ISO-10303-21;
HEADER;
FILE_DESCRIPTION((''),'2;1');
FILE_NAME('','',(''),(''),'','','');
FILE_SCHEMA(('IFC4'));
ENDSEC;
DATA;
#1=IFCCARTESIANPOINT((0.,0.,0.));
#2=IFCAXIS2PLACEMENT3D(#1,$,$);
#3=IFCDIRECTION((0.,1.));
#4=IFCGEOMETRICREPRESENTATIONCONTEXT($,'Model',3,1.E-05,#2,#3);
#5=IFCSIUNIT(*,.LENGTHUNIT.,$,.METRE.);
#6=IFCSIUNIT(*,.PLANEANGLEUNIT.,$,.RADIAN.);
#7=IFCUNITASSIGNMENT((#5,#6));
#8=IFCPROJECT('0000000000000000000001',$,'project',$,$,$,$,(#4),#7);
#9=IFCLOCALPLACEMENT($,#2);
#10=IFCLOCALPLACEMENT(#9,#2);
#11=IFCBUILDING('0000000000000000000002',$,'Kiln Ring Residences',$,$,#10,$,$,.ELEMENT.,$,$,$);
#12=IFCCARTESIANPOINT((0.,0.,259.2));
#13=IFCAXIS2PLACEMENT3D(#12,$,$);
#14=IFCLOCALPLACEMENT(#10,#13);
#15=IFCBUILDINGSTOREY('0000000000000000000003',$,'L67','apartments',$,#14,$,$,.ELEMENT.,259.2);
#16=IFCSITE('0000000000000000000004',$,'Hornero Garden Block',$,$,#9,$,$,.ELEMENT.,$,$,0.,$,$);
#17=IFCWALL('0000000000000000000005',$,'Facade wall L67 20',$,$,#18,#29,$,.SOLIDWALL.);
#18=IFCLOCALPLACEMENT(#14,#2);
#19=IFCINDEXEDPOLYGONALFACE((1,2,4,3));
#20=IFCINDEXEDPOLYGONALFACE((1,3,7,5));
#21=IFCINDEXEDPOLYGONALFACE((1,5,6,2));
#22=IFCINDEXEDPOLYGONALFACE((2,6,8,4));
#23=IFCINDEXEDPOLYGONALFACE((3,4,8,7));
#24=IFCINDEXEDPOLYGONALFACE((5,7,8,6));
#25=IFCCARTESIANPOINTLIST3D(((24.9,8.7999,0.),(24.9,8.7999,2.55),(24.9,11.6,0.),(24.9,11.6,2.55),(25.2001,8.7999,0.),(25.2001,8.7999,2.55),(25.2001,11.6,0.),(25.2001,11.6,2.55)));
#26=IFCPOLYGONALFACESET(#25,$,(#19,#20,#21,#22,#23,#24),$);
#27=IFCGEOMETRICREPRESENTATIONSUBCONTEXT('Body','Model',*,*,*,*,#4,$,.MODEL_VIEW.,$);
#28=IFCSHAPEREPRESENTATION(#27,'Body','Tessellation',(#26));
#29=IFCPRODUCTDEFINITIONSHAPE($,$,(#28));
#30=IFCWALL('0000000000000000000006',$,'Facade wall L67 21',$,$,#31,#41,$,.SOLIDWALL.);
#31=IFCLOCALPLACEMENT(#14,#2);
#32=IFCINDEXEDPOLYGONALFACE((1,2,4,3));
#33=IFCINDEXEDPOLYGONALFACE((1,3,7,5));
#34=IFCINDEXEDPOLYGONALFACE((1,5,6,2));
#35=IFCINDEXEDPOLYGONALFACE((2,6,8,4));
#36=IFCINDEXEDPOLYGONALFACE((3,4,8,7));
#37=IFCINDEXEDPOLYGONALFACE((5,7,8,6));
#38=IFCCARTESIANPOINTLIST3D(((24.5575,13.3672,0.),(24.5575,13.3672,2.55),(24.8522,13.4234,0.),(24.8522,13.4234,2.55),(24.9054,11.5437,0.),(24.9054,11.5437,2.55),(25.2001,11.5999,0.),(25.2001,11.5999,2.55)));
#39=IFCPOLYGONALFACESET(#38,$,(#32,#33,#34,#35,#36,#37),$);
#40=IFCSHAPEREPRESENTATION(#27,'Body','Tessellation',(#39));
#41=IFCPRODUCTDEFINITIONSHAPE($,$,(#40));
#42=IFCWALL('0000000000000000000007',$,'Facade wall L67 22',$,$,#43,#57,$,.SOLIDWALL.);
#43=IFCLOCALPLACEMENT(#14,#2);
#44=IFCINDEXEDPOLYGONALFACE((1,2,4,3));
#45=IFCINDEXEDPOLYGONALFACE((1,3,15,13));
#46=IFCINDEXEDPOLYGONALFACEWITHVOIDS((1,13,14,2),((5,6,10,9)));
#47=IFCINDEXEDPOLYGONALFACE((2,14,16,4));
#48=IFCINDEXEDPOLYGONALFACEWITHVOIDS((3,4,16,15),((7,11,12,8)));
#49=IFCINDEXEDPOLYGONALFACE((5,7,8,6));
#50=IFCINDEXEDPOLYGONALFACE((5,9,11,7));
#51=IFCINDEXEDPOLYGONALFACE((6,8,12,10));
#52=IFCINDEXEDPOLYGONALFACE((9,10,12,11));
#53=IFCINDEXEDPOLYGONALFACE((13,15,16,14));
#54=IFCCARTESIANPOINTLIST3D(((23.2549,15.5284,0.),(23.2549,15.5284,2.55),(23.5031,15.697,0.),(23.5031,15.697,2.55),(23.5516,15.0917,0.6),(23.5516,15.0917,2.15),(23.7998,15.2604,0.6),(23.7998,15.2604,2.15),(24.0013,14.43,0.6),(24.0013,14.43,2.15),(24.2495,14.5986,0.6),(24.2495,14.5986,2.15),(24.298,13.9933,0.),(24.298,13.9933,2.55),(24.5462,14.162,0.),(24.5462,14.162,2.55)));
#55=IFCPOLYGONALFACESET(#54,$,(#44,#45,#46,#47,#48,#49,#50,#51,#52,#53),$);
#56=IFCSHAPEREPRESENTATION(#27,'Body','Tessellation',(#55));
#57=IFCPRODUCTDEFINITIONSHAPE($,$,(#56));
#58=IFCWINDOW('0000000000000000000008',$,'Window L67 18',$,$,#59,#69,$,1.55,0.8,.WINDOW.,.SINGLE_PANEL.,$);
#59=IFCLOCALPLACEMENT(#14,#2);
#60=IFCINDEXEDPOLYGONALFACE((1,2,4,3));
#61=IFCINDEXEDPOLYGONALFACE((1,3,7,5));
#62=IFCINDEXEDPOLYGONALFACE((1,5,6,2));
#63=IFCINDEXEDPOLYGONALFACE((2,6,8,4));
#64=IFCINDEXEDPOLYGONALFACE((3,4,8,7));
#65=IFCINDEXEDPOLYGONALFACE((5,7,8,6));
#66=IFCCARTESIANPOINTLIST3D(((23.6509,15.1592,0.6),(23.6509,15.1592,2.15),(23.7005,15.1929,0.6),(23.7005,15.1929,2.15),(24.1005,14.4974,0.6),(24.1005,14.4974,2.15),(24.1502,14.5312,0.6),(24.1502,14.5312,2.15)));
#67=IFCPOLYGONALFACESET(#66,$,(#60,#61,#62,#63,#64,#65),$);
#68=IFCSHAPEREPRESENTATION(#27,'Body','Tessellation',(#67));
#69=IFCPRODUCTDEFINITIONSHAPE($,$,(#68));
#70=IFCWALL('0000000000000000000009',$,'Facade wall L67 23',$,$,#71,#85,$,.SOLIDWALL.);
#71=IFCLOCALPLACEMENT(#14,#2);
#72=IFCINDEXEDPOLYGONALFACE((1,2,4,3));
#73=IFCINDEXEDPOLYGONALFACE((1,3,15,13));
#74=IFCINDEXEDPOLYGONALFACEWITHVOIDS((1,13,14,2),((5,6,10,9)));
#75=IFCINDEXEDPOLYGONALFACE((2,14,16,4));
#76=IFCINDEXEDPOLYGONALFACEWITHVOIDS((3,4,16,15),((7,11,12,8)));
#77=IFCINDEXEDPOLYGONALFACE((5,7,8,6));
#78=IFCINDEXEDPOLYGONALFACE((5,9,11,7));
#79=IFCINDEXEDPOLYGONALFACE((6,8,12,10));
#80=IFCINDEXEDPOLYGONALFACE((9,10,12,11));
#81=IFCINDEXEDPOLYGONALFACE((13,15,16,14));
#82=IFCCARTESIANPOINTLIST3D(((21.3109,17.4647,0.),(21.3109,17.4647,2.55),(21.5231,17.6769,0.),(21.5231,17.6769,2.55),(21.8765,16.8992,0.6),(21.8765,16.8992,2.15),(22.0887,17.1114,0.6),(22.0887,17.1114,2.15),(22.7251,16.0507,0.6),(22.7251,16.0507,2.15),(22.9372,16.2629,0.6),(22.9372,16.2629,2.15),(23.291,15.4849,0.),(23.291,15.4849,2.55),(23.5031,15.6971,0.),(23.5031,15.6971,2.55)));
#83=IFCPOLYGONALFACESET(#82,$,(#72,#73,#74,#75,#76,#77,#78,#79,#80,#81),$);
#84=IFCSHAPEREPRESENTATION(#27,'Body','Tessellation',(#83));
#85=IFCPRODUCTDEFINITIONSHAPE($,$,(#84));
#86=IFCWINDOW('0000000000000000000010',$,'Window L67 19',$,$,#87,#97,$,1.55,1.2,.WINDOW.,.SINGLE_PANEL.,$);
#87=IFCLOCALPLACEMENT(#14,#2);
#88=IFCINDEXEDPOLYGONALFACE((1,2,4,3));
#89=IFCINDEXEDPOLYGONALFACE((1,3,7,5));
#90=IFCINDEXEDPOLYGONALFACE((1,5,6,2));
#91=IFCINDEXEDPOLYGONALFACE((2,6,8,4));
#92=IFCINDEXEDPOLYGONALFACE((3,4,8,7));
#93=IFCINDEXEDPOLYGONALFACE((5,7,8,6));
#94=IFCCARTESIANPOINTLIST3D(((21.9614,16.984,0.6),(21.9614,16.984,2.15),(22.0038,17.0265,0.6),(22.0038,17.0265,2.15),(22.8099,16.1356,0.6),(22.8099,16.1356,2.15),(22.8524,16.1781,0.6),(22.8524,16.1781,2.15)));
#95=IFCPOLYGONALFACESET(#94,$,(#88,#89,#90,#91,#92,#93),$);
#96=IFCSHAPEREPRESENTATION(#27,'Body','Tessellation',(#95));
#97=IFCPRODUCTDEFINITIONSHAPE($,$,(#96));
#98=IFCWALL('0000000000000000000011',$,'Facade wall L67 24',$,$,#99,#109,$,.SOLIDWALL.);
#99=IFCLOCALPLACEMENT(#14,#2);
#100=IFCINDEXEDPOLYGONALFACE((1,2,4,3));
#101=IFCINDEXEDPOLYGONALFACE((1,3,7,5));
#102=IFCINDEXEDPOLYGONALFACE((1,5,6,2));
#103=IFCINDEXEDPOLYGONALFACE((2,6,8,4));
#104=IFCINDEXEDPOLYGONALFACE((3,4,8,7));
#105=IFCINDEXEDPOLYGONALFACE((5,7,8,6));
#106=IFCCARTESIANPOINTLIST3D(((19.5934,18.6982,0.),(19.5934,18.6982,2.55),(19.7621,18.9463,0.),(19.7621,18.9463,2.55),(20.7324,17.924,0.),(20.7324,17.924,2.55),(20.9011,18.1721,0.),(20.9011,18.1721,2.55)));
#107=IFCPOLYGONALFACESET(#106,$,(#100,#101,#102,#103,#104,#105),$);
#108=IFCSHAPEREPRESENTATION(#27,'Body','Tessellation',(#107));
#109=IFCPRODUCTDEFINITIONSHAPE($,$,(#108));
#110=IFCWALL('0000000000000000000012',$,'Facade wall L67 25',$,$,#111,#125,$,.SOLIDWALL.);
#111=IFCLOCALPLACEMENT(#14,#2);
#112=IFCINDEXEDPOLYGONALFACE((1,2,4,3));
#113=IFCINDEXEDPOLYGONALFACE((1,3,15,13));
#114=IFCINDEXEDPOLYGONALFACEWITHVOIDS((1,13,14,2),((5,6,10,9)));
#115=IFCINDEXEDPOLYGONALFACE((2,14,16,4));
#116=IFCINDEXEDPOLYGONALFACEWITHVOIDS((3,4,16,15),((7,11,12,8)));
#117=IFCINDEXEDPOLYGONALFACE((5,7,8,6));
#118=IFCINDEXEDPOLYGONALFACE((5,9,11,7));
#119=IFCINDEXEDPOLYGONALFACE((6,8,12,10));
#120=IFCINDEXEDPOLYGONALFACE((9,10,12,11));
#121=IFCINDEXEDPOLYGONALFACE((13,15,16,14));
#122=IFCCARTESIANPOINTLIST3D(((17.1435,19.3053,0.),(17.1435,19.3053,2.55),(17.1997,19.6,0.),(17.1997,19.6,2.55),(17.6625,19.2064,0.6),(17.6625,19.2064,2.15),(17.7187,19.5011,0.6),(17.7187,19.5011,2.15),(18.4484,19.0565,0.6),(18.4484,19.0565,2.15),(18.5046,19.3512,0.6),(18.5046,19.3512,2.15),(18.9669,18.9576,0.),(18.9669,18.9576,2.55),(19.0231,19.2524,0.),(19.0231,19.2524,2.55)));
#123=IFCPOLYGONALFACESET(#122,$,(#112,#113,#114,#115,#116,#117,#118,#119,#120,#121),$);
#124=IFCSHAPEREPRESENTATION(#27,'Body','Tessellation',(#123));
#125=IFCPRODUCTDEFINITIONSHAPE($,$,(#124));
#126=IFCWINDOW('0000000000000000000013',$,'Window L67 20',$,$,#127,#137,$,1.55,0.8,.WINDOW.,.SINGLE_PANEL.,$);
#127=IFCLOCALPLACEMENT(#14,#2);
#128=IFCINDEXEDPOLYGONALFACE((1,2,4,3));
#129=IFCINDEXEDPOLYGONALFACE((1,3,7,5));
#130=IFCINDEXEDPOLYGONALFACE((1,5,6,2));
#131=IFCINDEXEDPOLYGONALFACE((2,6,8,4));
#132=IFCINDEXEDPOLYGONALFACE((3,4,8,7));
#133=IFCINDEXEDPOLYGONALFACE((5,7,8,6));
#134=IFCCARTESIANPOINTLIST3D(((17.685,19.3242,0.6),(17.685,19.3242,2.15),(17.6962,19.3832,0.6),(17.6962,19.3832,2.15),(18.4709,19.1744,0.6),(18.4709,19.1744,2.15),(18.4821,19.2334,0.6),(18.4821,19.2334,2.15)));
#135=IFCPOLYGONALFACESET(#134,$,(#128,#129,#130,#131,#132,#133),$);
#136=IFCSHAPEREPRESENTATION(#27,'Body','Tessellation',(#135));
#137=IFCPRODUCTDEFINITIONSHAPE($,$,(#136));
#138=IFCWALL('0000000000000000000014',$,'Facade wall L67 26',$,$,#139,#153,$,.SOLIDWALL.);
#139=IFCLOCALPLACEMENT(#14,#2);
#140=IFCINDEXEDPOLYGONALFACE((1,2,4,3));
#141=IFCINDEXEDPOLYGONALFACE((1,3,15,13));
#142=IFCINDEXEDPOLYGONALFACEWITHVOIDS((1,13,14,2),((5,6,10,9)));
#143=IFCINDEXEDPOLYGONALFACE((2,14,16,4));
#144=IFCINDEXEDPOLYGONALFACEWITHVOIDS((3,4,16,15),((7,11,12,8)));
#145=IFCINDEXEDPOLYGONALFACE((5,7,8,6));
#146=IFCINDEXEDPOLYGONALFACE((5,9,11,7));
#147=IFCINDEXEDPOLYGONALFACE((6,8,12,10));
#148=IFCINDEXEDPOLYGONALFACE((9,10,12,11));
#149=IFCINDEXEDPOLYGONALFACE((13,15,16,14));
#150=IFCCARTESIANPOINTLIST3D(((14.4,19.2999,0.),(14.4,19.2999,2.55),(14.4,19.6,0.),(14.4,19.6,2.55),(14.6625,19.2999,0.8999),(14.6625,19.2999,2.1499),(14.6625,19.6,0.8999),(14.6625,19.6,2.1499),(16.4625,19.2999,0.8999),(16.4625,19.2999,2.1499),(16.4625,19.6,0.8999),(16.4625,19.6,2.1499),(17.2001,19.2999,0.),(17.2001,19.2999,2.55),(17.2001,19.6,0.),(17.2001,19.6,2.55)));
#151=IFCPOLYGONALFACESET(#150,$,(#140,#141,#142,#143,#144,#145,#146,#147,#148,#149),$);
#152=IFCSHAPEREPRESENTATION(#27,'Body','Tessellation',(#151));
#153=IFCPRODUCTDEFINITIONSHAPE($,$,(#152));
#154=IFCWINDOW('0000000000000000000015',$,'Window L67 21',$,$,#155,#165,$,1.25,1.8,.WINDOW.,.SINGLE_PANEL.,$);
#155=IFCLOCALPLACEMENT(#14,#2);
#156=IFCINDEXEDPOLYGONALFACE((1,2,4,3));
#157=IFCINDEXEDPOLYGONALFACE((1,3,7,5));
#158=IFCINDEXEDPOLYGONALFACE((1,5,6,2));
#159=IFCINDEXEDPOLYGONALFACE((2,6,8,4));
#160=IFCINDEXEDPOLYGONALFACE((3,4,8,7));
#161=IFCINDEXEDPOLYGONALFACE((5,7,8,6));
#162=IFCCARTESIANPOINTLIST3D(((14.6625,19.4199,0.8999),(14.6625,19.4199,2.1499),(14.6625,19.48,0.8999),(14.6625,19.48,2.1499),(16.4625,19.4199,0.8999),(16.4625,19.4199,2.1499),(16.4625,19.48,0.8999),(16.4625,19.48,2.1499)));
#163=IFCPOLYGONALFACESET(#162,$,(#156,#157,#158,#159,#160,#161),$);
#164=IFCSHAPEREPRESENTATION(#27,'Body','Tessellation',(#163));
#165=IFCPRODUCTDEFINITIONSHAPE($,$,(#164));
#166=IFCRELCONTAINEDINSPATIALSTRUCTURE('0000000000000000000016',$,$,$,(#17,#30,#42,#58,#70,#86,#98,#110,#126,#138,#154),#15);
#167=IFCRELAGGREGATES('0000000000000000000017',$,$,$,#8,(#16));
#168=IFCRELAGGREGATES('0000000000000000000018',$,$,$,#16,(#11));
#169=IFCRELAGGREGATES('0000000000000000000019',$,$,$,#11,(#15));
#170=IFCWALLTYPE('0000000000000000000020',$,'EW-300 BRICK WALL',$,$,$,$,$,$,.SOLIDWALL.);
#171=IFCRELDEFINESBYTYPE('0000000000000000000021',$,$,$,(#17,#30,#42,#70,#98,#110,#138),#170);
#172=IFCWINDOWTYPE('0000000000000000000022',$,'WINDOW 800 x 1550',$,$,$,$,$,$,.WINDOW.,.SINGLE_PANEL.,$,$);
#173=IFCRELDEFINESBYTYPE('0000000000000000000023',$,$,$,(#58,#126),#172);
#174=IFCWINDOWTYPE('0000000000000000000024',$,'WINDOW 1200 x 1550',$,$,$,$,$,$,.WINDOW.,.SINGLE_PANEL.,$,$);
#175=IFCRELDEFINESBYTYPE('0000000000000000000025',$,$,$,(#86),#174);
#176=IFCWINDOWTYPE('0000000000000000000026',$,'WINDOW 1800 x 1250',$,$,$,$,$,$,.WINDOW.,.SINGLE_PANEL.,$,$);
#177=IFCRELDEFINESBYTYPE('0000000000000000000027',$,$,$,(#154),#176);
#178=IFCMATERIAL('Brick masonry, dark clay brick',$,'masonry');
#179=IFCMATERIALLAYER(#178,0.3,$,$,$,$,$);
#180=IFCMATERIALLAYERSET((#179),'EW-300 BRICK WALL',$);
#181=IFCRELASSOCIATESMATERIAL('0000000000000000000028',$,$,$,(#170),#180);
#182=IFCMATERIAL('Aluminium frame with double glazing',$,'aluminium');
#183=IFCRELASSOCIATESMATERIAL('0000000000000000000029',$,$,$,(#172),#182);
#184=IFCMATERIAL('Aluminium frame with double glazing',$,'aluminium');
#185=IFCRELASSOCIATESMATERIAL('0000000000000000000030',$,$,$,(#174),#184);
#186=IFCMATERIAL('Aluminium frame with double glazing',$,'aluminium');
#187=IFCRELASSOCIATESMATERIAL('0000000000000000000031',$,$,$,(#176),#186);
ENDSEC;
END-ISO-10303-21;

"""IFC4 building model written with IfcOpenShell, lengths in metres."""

from ifc_helpers import new_model, si_unit, direction, frame, frame_2d, origin, place, context, subcontext, project, spatial, rectangle, extrude, material, layer, layer_set, type_object, element, fill, save


model = new_model("IFC4")

# Units and contexts
model_context = context("Model", 3, precision=1e-05, world=origin(), true_north=direction((0.0, 1.0)))
body_context = subcontext(model_context, "Body", "Model", "MODEL_VIEW")
ifc_project = project(units=[si_unit("LENGTHUNIT", "METRE"), si_unit("PLANEANGLEUNIT", "RADIAN")], contexts=[model_context])

# Site, building, storey
site_placement = place(None, origin())
site = spatial("IfcSite", under=ifc_project, at=site_placement, Name="Hornero Garden Block", CompositionType="ELEMENT", RefElevation=0.0)
building_placement = place(site_placement, origin())
building = spatial("IfcBuilding", under=site, at=building_placement, Name="Kiln Ring Residences", CompositionType="ELEMENT")
storey_placement = place(building_placement, frame((0.0, 0.0, 259.2)))
storey = spatial("IfcBuildingStorey", under=building, at=storey_placement, Name="L67", Description="apartments", CompositionType="ELEMENT", Elevation=259.2)

# Walls
ifc_material_1 = material(Name="Brick masonry, dark clay brick", Category="masonry")
ifc_layer_1 = layer(ifc_material_1, 0.3)
ifc_layer_set_1 = layer_set([ifc_layer_1], Name="EW-300 BRICK WALL")
wall_type_1 = type_object("IfcWallType", Name="EW-300 BRICK WALL", PredefinedType="SOLIDWALL", material=ifc_layer_set_1)
wall_1_placement = place(storey_placement, frame((25.05, 8.8, 0.0), z_axis=(0.0, 0.0, 1.0), x_axis=(0.0, 1.0, 0.0)))
element("IfcWall", 1, at=wall_1_placement, inside=storey, type_object=wall_type_1, Name="Facade wall L67 20", PredefinedType="SOLIDWALL", context=body_context, shape_type="SweptSolid", body=[
    extrude(rectangle(XDim=2.8, YDim=0.3, at=frame_2d((1.3999, 0.0))), origin(), (0.0, 0.0, 1.0), 2.55),
])
wall_2_placement = place(storey_placement, frame((25.0527, 11.5718, 0.0), z_axis=(0.0, 0.0, 1.0), x_axis=(-0.187408, 0.982282, 0.0)))
element("IfcWall", 2, at=wall_2_placement, inside=storey, type_object=wall_type_1, Name="Facade wall L67 21", PredefinedType="SOLIDWALL", context=body_context, shape_type="SweptSolid", body=[
    extrude(rectangle(XDim=1.8564, YDim=0.3, at=frame_2d((0.9282, 0.0))), origin(), (0.0, 0.0, 1.0), 2.55),
])

# Walls, openings, windows
wall_3_placement = place(storey_placement, frame((24.4221, 14.0776, 0.0), z_axis=(0.0, 0.0, 1.0), x_axis=(-0.562055, 0.8271, 0.0)))
wall_3 = element("IfcWall", 3, at=wall_3_placement, inside=storey, type_object=wall_type_1, Name="Facade wall L67 22", PredefinedType="SOLIDWALL", context=body_context, shape_type="SweptSolid", body=[
    extrude(rectangle(XDim=1.856, YDim=0.3, at=frame_2d((0.928, 0.0))), origin(), (0.0, 0.0, 1.0), 2.55),
])
opening_1_placement = place(wall_3_placement, frame((0.5281, 0.0, 0.6001)))
opening_1 = element("IfcOpeningElement", 4, at=opening_1_placement, cuts=wall_3, PredefinedType="OPENING", context=body_context, shape_type="SweptSolid", body=[
    extrude(rectangle(XDim=0.8, YDim=1.55, at=frame_2d((0.3999, 0.7749))), frame((0.0, 0.1599, 0.0), z_axis=(0.0, -1.0, 0.0), x_axis=(1.0, 0.0, 0.0)), (0.0, 0.0, 1.0), 0.3201),
])
ifc_material_2 = material(Name="Aluminium frame with double glazing", Category="aluminium")
window_type_1 = type_object("IfcWindowType", Name="WINDOW 800 x 1550", PartitioningType="SINGLE_PANEL", PredefinedType="WINDOW", material=ifc_material_2)
window_1_placement = place(opening_1_placement, origin())
window_1 = element("IfcWindow", 5, at=window_1_placement, inside=storey, type_object=window_type_1, Name="Window L67 18", OverallHeight=1.55, OverallWidth=0.8, PartitioningType="SINGLE_PANEL", PredefinedType="WINDOW", context=body_context, shape_type="SweptSolid", body=[
    extrude(rectangle(XDim=0.8, YDim=1.55, at=frame_2d((0.3999, 0.7749))), frame((0.0, 0.03, 0.0), z_axis=(0.0, -1.0, 0.0), x_axis=(1.0, 0.0, 0.0)), (0.0, 0.0, 1.0), 0.0601),
])
fill(opening_1, window_1)
wall_4_placement = place(storey_placement, frame((23.397, 15.5911, 0.0), z_axis=(0.0, 0.0, 1.0), x_axis=(-0.70715, 0.707063, 0.0)))
wall_4 = element("IfcWall", 6, at=wall_4_placement, inside=storey, type_object=wall_type_1, Name="Facade wall L67 23", PredefinedType="SOLIDWALL", context=body_context, shape_type="SweptSolid", body=[
    extrude(rectangle(XDim=2.8, YDim=0.3, at=frame_2d((1.3999, 0.0))), origin(), (0.0, 0.0, 1.0), 2.55),
])
opening_2_placement = place(wall_4_placement, frame((0.8, 0.0, 0.6001)))
opening_2 = element("IfcOpeningElement", 7, at=opening_2_placement, cuts=wall_4, PredefinedType="OPENING", context=body_context, shape_type="SweptSolid", body=[
    extrude(rectangle(XDim=1.2, YDim=1.55, at=frame_2d((0.6001, 0.7749))), frame((0.0, 0.1599, 0.0), z_axis=(0.0, -1.0, 0.0), x_axis=(1.0, 0.0, 0.0)), (0.0, 0.0, 1.0), 0.3201),
])
ifc_material_3 = material(Name="Aluminium frame with double glazing", Category="aluminium")
window_type_2 = type_object("IfcWindowType", Name="WINDOW 1200 x 1550", PartitioningType="SINGLE_PANEL", PredefinedType="WINDOW", material=ifc_material_3)
window_2_placement = place(opening_2_placement, origin())
window_2 = element("IfcWindow", 8, at=window_2_placement, inside=storey, type_object=window_type_2, Name="Window L67 19", OverallHeight=1.55, OverallWidth=1.2, PartitioningType="SINGLE_PANEL", PredefinedType="WINDOW", context=body_context, shape_type="SweptSolid", body=[
    extrude(rectangle(XDim=1.2, YDim=1.55, at=frame_2d((0.6001, 0.7749))), frame((0.0, 0.03, 0.0), z_axis=(0.0, -1.0, 0.0), x_axis=(1.0, 0.0, 0.0)), (0.0, 0.0, 1.0), 0.0601),
])
fill(opening_2, window_2)

# Wall
wall_5_placement = place(storey_placement, frame((20.8167, 18.0481, 0.0), z_axis=(0.0, 0.0, 1.0), x_axis=(-0.827025, 0.562165, 0.0)))
element("IfcWall", 9, at=wall_5_placement, inside=storey, type_object=wall_type_1, Name="Facade wall L67 24", PredefinedType="SOLIDWALL", context=body_context, shape_type="SweptSolid", body=[
    extrude(rectangle(XDim=1.3772, YDim=0.3, at=frame_2d((0.6885, 0.0))), origin(), (0.0, 0.0, 1.0), 2.55),
])

# Walls, openings, windows
wall_6_placement = place(storey_placement, frame((18.9951, 19.105, 0.0), z_axis=(0.0, 0.0, 1.0), x_axis=(-0.982302, 0.187306, 0.0)))
wall_6 = element("IfcWall", 10, at=wall_6_placement, inside=storey, type_object=wall_type_1, Name="Facade wall L67 25", PredefinedType="SOLIDWALL", context=body_context, shape_type="SweptSolid", body=[
    extrude(rectangle(XDim=1.8562, YDim=0.3, at=frame_2d((0.9282, 0.0))), origin(), (0.0, 0.0, 1.0), 2.55),
])
opening_3_placement = place(wall_6_placement, frame((0.5281, 0.0, 0.6001)))
opening_3 = element("IfcOpeningElement", 11, at=opening_3_placement, cuts=wall_6, PredefinedType="OPENING", context=body_context, shape_type="SweptSolid", body=[
    extrude(rectangle(XDim=0.8, YDim=1.55, at=frame_2d((0.3999, 0.7749))), frame((0.0, 0.1599, 0.0), z_axis=(0.0, -1.0, 0.0), x_axis=(1.0, 0.0, 0.0)), (0.0, 0.0, 1.0), 0.3201),
])
window_3_placement = place(opening_3_placement, origin())
window_3 = element("IfcWindow", 12, at=window_3_placement, inside=storey, type_object=window_type_1, Name="Window L67 20", OverallHeight=1.55, OverallWidth=0.8, PartitioningType="SINGLE_PANEL", PredefinedType="WINDOW", context=body_context, shape_type="SweptSolid", body=[
    extrude(rectangle(XDim=0.8, YDim=1.55, at=frame_2d((0.3999, 0.7749))), frame((0.0, 0.03, 0.0), z_axis=(0.0, -1.0, 0.0), x_axis=(1.0, 0.0, 0.0)), (0.0, 0.0, 1.0), 0.0601),
])
fill(opening_3, window_3)
wall_7_placement = place(storey_placement, frame((17.2, 19.45, 0.0), z_axis=(0.0, 0.0, 1.0), x_axis=(-1.0, 0.0, 0.0)))
wall_7 = element("IfcWall", 13, at=wall_7_placement, inside=storey, type_object=wall_type_1, Name="Facade wall L67 26", PredefinedType="SOLIDWALL", context=body_context, shape_type="SweptSolid", body=[
    extrude(rectangle(XDim=2.8, YDim=0.3, at=frame_2d((1.3999, 0.0))), origin(), (0.0, 0.0, 1.0), 2.55),
])
opening_4_placement = place(wall_7_placement, frame((0.7375, 0.0, 0.8999)))
opening_4 = element("IfcOpeningElement", 14, at=opening_4_placement, cuts=wall_7, PredefinedType="OPENING", context=body_context, shape_type="SweptSolid", body=[
    extrude(rectangle(XDim=1.8, YDim=1.25, at=frame_2d((0.8999, 0.625))), frame((0.0, 0.1599, 0.0), z_axis=(0.0, -1.0, 0.0), x_axis=(1.0, 0.0, 0.0)), (0.0, 0.0, 1.0), 0.3201),
])
ifc_material_4 = material(Name="Aluminium frame with double glazing", Category="aluminium")
window_type_3 = type_object("IfcWindowType", Name="WINDOW 1800 x 1250", PartitioningType="SINGLE_PANEL", PredefinedType="WINDOW", material=ifc_material_4)
window_4_placement = place(opening_4_placement, origin())
window_4 = element("IfcWindow", 15, at=window_4_placement, inside=storey, type_object=window_type_3, Name="Window L67 21", OverallHeight=1.25, OverallWidth=1.8, PartitioningType="SINGLE_PANEL", PredefinedType="WINDOW", context=body_context, shape_type="SweptSolid", body=[
    extrude(rectangle(XDim=1.8, YDim=1.25, at=frame_2d((0.8999, 0.625))), frame((0.0, 0.03, 0.0), z_axis=(0.0, -1.0, 0.0), x_axis=(1.0, 0.0, 0.0)), (0.0, 0.0, 1.0), 0.0601),
])
fill(opening_4, window_4)

save(model, "model.ifc")
